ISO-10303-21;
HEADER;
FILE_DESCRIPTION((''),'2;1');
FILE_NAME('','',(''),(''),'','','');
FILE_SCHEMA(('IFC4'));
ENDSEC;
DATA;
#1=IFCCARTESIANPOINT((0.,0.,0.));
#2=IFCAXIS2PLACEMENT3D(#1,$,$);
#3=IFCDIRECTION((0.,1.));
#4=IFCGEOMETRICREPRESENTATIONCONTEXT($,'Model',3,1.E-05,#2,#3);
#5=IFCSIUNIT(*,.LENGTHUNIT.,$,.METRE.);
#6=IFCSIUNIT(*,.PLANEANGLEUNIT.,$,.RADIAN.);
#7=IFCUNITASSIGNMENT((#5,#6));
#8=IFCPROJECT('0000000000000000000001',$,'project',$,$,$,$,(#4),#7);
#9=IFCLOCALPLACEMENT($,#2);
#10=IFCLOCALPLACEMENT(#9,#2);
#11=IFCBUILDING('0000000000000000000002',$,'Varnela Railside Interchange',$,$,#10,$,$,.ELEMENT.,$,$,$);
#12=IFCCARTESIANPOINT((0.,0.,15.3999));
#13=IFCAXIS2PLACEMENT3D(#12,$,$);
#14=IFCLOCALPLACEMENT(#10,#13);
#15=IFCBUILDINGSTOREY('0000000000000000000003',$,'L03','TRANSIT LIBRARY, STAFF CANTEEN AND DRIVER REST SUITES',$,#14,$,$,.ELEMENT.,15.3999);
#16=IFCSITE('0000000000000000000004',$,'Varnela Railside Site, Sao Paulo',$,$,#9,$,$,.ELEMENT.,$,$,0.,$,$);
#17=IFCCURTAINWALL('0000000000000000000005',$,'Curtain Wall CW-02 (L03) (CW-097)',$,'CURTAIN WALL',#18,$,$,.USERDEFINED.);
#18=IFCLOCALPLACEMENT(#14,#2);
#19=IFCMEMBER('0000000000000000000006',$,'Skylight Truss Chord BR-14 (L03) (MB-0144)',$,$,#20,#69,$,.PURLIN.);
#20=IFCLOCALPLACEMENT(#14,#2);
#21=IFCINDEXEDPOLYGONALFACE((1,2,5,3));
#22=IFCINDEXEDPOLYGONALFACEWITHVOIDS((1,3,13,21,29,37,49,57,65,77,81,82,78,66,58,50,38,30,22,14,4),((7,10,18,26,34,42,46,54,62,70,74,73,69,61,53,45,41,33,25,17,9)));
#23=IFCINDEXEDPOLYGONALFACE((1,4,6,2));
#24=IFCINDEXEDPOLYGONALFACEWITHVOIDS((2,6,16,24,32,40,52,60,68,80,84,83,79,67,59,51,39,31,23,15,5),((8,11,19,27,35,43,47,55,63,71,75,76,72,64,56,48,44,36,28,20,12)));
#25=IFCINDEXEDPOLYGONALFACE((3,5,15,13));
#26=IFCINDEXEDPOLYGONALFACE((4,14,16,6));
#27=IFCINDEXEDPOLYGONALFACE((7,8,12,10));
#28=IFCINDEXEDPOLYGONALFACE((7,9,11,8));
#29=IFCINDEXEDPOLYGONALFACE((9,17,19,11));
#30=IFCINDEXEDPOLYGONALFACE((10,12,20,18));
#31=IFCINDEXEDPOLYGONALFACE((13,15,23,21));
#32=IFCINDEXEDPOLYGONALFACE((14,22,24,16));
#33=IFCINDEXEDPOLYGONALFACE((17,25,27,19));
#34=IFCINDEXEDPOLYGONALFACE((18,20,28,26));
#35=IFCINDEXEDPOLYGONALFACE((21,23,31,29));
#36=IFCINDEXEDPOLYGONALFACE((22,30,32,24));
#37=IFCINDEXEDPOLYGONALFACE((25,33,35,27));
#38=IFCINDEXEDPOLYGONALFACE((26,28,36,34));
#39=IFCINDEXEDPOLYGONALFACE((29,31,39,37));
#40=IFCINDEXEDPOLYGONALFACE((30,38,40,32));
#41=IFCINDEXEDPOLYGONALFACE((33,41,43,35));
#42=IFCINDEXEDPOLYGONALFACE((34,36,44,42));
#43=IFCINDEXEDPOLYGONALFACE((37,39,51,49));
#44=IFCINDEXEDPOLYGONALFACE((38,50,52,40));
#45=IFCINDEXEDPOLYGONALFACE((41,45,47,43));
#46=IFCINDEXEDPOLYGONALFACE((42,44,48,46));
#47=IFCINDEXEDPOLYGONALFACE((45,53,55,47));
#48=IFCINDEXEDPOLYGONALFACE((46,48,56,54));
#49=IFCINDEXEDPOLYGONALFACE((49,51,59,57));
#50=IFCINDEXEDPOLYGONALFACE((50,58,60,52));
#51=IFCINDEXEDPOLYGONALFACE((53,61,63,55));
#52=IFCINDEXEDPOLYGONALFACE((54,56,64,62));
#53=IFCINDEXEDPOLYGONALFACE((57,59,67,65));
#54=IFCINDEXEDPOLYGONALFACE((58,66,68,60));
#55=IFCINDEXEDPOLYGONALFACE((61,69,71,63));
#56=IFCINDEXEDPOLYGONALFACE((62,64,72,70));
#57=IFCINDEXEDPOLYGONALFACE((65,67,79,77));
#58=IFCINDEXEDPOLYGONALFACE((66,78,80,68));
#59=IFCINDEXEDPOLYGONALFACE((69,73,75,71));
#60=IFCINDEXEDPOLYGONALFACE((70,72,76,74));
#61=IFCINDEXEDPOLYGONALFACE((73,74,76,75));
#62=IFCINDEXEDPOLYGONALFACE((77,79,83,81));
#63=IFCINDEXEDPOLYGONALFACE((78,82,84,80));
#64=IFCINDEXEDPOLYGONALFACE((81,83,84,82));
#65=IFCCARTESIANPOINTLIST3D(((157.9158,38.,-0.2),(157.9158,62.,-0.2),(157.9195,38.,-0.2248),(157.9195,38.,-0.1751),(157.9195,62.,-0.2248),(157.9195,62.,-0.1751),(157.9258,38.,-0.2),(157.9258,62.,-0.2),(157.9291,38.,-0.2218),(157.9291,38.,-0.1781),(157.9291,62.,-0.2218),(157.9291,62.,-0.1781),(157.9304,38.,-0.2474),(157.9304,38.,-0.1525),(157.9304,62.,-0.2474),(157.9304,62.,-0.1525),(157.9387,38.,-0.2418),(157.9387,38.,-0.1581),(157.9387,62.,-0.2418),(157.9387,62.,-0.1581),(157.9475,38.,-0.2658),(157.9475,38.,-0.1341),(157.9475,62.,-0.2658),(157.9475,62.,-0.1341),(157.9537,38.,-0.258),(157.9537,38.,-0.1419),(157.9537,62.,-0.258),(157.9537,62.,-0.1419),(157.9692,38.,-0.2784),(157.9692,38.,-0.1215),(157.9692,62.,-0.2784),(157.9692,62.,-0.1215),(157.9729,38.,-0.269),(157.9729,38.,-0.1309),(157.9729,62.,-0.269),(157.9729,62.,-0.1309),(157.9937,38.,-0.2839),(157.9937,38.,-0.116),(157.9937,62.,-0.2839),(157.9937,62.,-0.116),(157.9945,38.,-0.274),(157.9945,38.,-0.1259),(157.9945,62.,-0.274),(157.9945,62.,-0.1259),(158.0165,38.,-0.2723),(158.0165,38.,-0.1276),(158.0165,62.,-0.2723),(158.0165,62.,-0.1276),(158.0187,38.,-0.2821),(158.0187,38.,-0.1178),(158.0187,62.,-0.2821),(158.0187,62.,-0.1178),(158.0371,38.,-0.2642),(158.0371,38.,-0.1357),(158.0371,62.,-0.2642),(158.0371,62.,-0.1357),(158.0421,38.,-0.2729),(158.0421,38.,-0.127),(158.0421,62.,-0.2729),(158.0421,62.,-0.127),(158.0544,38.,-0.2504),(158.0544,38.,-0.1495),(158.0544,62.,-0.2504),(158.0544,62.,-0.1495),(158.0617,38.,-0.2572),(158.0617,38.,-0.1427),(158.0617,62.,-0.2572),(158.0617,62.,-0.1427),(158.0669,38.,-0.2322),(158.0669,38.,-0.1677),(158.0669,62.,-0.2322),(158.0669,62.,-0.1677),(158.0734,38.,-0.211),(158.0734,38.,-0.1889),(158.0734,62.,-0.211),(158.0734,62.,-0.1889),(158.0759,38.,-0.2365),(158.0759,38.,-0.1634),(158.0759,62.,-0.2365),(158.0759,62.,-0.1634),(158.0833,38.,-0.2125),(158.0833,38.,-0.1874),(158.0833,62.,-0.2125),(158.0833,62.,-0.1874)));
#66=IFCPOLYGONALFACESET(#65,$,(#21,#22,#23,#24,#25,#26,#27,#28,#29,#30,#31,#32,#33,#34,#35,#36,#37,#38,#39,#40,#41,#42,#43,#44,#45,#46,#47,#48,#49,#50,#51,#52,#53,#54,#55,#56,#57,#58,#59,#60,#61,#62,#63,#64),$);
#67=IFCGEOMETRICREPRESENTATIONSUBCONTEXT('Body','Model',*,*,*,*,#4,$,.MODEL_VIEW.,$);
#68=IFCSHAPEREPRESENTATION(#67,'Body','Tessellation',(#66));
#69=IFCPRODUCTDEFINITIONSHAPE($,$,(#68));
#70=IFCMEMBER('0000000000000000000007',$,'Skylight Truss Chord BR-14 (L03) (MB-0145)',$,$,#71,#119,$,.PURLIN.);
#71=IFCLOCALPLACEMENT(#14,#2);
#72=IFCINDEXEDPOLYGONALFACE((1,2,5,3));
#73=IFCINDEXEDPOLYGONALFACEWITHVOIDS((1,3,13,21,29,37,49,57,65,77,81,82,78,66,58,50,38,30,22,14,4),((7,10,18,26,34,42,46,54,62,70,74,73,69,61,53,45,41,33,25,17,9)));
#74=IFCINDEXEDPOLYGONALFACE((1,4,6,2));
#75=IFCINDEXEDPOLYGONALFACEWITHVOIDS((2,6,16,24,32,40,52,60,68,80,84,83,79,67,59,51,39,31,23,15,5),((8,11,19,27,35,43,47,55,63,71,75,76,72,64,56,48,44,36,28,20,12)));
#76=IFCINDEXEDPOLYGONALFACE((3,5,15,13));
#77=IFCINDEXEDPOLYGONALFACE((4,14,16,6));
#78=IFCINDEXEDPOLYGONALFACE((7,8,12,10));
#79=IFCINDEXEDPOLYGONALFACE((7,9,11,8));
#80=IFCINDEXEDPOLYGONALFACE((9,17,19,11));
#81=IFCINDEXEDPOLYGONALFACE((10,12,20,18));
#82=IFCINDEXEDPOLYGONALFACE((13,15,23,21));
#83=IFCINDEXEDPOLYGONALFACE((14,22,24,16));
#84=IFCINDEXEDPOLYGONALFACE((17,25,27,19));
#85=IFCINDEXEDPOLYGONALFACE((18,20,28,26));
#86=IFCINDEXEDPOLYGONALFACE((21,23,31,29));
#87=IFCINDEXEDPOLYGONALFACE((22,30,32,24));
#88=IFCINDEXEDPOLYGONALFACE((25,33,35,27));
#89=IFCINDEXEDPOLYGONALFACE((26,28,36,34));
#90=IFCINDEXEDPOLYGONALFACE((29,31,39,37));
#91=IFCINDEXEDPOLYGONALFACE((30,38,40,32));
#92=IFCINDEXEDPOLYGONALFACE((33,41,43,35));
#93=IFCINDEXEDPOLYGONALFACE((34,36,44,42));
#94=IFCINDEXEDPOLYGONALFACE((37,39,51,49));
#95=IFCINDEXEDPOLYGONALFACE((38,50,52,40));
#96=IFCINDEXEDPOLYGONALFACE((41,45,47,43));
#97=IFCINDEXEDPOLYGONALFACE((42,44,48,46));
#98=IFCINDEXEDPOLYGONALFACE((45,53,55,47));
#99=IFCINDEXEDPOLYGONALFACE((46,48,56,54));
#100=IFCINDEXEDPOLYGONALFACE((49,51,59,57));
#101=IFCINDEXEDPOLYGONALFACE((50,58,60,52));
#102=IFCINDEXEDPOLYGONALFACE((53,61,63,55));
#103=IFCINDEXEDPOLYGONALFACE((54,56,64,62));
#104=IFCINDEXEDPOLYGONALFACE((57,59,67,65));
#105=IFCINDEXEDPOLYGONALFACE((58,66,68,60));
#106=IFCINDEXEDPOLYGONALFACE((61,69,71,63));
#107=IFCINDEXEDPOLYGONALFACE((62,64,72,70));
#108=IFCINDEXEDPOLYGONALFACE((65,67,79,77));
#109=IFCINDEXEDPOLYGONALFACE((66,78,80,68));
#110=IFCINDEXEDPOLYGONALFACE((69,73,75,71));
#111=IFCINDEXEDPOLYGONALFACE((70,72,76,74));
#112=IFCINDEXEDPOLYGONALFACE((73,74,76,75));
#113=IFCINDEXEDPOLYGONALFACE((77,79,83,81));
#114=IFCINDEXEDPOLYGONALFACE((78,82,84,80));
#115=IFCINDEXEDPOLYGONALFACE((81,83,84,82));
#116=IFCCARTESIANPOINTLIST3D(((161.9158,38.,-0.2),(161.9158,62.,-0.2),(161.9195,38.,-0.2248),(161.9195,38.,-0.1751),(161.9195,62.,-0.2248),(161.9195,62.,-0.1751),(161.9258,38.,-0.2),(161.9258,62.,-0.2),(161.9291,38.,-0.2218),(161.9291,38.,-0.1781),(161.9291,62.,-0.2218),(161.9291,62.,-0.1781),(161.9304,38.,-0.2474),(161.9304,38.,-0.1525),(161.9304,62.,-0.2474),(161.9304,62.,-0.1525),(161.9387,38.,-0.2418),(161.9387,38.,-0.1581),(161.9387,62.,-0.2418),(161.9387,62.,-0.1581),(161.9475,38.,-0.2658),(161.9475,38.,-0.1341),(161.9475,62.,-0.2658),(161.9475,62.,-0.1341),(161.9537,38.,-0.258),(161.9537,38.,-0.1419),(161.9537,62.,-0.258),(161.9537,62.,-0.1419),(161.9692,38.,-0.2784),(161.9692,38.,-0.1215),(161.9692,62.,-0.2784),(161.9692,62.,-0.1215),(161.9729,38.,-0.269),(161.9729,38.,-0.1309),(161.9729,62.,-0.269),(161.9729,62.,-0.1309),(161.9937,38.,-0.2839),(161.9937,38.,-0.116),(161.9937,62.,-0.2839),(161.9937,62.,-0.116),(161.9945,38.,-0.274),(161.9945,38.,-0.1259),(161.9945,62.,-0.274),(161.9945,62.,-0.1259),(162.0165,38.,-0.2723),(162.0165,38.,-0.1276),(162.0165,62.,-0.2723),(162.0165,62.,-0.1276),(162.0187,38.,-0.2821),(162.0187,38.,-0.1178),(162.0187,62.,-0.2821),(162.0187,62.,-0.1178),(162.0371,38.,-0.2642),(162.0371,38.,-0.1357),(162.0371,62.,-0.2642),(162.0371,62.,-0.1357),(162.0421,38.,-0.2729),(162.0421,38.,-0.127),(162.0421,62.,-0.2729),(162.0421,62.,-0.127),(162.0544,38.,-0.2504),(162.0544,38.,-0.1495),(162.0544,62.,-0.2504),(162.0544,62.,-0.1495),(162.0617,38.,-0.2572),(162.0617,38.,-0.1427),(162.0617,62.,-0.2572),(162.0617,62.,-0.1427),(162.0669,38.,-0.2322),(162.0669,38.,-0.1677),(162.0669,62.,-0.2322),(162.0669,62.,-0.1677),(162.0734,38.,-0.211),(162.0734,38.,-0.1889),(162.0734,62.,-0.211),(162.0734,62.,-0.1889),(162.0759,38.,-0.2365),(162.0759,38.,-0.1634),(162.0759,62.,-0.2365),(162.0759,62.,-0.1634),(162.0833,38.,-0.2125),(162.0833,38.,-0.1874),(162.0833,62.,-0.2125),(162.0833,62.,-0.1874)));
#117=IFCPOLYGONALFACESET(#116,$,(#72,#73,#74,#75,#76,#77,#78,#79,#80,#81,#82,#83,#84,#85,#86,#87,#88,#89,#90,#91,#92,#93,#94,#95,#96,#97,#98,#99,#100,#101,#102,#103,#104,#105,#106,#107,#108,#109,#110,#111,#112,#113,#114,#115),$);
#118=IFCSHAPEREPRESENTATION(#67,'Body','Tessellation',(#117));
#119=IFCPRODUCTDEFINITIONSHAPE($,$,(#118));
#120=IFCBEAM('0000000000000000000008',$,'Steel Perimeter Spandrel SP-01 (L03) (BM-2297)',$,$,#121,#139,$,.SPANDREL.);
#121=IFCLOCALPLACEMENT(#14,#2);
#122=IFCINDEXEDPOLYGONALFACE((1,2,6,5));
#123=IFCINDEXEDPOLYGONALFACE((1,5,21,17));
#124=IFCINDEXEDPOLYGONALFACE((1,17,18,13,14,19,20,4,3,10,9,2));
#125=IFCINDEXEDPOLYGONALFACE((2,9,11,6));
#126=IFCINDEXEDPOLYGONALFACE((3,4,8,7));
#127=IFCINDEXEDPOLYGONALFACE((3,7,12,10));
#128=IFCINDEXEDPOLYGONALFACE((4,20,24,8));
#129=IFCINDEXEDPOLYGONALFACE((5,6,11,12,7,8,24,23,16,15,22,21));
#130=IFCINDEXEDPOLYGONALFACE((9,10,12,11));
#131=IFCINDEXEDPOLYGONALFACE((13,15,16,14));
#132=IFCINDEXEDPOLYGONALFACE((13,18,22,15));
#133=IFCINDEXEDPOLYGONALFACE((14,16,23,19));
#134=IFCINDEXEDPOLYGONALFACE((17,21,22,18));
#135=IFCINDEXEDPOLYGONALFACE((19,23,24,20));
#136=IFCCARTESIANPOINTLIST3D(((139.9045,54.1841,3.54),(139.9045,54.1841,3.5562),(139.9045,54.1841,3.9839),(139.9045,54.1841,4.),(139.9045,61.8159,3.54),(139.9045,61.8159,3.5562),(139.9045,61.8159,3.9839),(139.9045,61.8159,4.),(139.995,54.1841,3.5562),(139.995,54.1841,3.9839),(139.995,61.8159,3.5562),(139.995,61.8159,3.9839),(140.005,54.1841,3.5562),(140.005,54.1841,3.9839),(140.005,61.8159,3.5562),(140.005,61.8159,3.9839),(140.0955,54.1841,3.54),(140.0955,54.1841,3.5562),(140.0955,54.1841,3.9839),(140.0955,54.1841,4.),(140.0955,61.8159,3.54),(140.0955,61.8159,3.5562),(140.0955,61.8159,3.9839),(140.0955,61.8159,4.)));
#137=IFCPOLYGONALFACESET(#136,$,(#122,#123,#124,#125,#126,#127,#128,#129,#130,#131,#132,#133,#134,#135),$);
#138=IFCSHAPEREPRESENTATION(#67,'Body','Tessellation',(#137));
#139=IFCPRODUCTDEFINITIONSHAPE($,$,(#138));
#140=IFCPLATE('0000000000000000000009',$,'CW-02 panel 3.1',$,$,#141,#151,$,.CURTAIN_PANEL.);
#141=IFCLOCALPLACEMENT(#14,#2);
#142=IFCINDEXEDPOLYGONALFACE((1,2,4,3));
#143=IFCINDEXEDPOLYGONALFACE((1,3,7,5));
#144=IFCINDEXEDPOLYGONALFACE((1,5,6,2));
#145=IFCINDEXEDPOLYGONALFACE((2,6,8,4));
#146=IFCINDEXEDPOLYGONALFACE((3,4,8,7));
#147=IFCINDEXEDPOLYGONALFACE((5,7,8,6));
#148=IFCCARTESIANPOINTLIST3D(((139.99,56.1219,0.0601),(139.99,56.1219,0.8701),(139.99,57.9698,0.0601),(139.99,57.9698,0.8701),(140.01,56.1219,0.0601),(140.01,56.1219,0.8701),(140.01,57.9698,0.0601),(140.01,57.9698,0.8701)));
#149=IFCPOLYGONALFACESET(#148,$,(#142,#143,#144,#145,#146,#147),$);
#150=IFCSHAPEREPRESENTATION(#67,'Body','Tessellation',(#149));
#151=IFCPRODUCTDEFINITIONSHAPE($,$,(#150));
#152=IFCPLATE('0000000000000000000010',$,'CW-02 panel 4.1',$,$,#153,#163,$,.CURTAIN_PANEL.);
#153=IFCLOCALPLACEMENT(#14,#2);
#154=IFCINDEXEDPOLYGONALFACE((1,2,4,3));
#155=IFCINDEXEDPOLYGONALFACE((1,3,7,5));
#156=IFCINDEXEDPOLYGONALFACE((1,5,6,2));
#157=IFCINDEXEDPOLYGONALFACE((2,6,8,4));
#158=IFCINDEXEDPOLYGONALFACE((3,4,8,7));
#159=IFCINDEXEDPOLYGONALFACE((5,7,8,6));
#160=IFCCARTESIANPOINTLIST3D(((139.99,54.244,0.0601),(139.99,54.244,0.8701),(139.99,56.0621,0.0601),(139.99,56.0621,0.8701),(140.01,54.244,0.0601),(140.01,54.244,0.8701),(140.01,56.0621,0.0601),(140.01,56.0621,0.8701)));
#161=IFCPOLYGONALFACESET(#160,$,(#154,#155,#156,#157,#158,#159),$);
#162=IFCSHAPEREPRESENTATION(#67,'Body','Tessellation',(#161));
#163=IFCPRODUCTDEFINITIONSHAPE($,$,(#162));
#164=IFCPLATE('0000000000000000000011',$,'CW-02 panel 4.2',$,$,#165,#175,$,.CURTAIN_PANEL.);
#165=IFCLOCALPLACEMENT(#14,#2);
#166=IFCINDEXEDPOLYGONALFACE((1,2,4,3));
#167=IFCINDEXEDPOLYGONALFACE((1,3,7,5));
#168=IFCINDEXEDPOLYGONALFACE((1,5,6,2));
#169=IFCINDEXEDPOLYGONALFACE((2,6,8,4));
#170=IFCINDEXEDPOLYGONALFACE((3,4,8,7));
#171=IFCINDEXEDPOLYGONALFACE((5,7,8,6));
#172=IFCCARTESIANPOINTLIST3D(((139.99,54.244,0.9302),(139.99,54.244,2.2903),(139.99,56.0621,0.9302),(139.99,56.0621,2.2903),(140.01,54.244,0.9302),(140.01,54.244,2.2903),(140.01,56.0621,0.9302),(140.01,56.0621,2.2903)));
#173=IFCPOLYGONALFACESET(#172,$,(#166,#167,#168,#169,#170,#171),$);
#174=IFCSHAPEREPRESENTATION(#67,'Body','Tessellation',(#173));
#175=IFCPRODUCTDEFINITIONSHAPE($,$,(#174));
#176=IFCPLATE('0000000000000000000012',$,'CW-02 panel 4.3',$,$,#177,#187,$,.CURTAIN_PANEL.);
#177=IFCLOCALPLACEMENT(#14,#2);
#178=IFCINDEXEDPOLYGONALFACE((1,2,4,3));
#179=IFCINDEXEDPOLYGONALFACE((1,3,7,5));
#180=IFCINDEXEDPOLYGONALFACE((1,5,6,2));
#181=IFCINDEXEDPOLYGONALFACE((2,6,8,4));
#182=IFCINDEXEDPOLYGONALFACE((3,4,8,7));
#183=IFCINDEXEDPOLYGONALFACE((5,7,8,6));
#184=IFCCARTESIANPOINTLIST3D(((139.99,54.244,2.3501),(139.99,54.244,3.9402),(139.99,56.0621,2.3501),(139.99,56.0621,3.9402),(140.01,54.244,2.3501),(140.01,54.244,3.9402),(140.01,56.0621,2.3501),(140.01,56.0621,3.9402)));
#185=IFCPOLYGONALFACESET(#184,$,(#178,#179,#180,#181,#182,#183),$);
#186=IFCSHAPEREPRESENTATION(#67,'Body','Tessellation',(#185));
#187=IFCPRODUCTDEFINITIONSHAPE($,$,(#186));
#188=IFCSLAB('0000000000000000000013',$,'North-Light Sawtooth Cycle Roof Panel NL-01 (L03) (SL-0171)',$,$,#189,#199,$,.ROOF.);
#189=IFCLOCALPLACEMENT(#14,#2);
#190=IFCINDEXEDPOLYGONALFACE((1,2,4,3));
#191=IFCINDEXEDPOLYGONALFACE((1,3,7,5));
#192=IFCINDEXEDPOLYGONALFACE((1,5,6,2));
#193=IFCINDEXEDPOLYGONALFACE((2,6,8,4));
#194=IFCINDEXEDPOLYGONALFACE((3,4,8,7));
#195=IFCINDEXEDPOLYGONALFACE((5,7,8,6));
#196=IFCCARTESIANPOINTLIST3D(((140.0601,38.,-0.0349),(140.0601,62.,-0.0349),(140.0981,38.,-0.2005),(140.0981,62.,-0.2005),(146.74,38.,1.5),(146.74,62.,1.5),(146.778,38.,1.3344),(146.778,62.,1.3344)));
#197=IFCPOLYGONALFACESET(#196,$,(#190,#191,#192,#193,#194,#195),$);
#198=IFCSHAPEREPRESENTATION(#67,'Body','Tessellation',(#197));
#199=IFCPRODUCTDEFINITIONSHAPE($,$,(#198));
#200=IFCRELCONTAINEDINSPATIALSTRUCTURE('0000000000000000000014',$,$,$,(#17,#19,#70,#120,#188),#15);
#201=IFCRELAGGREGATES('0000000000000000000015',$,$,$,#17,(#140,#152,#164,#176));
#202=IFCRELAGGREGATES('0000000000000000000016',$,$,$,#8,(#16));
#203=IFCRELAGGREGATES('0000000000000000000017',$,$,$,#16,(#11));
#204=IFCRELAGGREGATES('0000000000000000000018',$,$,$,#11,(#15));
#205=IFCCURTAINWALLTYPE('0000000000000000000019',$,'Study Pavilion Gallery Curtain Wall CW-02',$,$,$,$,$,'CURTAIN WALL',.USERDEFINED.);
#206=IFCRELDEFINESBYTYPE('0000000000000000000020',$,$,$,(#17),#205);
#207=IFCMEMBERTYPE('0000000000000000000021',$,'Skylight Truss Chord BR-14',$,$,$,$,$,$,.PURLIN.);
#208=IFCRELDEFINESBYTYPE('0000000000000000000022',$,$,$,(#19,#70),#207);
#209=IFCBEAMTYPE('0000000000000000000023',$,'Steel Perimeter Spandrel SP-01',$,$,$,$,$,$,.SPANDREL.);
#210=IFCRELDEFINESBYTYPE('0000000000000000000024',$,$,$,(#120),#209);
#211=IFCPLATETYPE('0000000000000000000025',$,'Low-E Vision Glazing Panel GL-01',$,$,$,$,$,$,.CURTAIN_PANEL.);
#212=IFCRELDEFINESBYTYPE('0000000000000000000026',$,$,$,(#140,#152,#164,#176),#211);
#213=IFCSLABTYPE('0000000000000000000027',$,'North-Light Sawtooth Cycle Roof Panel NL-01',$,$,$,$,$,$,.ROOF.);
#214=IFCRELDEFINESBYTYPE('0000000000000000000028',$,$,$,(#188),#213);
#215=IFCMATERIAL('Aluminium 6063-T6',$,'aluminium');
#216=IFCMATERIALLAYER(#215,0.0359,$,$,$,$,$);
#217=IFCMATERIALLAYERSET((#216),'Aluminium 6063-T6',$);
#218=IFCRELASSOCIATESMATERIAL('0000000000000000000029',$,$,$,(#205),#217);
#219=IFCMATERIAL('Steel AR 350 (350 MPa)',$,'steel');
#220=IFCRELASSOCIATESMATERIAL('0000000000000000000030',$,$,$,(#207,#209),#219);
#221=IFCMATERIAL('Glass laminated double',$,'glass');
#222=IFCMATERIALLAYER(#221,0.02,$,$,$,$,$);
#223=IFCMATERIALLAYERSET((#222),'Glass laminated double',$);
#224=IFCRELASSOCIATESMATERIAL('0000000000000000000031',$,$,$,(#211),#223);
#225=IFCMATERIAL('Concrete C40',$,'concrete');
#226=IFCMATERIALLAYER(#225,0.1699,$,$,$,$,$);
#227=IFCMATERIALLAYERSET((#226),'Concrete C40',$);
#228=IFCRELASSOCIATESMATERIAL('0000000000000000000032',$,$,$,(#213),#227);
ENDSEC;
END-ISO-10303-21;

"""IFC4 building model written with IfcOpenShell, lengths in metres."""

from ifc_helpers import new_model, si_unit, direction, frame, origin, origin_2d, place, context, subcontext, project, spatial, polyline, rectangle, hollow_circle, i_section, outline, extrude, material, layer, layer_set, material_profile, profile_set, type_object, element, aggregate, save


model = new_model("IFC4")

# Units and contexts
model_context = context("Model", 3, precision=1e-05, world=origin(), true_north=direction((0.0, 1.0)))
body_context = subcontext(model_context, "Body", "Model", "MODEL_VIEW")
ifc_project = project(units=[si_unit("LENGTHUNIT", "METRE"), si_unit("PLANEANGLEUNIT", "RADIAN")], contexts=[model_context])

# Site, building, storey
site_placement = place(None, origin())
site = spatial("IfcSite", under=ifc_project, at=site_placement, Name="Varnela Railside Site, Sao Paulo", CompositionType="ELEMENT", RefElevation=0.0)
building_placement = place(site_placement, origin())
building = spatial("IfcBuilding", under=site, at=building_placement, Name="Varnela Railside Interchange", CompositionType="ELEMENT")
storey_placement = place(building_placement, frame((0.0, 0.0, 15.3999)))
storey = spatial("IfcBuildingStorey", under=building, at=storey_placement, Name="L03", Description="TRANSIT LIBRARY, STAFF CANTEEN AND DRIVER REST SUITES", CompositionType="ELEMENT", Elevation=15.3999)

# Shared definitions
ifc_material_1 = material(Name="Steel AR 350 (350 MPa)", Category="steel")

# Curtain wall
ifc_material_2 = material(Name="Aluminium 6063-T6", Category="aluminium")
ifc_layer_1 = layer(ifc_material_2, 0.0359)
ifc_layer_set_1 = layer_set([ifc_layer_1], Name="Aluminium 6063-T6")
curtain_wall_type = type_object("IfcCurtainWallType", Name="Study Pavilion Gallery Curtain Wall CW-02", ElementType="CURTAIN WALL", PredefinedType="USERDEFINED", material=ifc_layer_set_1)
curtain_wall_placement = place(storey_placement, origin())
curtain_wall = element("IfcCurtainWall", 1, at=curtain_wall_placement, inside=storey, type_object=curtain_wall_type, Name="Curtain Wall CW-02 (L03) (CW-097)", ObjectType="CURTAIN WALL", PredefinedType="USERDEFINED")

# Members
ifc_material_profile_1 = material_profile(ifc_material_1, hollow_circle(Radius=0.0842, WallThickness=0.01, at=origin_2d()), Name="CHS 168.3x10")
ifc_profile_set_1 = profile_set([ifc_material_profile_1], Name="Steel AR 350 (350 MPa)")
member_type_1 = type_object("IfcMemberType", Name="Skylight Truss Chord BR-14", PredefinedType="PURLIN", material=ifc_profile_set_1)
for number, where, z_axis, x_axis, name in (
    (2, (158.0, 38.0, -0.2), (0.0, 1.0, 0.0), (-1.0, 0.0, 0.0), "Skylight Truss Chord BR-14 (L03) (MB-0144)"),
    (3, (162.0, 38.0, -0.2), (0.0, 1.0, 0.0), (-1.0, 0.0, 0.0), "Skylight Truss Chord BR-14 (L03) (MB-0145)"),
):
    element("IfcMember", number, at=place(storey_placement, frame(where, z_axis=z_axis, x_axis=x_axis)), inside=storey, type_object=member_type_1, Name=name, PredefinedType="PURLIN", context=body_context, shape_type="SweptSolid", body=[
        extrude(hollow_circle(Radius=0.0842, WallThickness=0.01, at=origin_2d()), origin(), (0.0, 0.0, 1.0), 24.0),
    ])

# Beam
ifc_material_profile_2 = material_profile(ifc_material_1, i_section(OverallWidth=0.1909, OverallDepth=0.46, WebThickness=0.01, FlangeThickness=0.0161, at=origin_2d()), Name="W460x82")
ifc_profile_set_2 = profile_set([ifc_material_profile_2], Name="Steel AR 350 (350 MPa)")
beam_type = type_object("IfcBeamType", Name="Steel Perimeter Spandrel SP-01", PredefinedType="SPANDREL", material=ifc_profile_set_2)
beam_placement = place(storey_placement, frame((140.0, 54.1841, 3.77), z_axis=(0.0, 1.0, 0.0), x_axis=(-1.0, 0.0, 0.0)))
element("IfcBeam", 4, at=beam_placement, inside=storey, type_object=beam_type, Name="Steel Perimeter Spandrel SP-01 (L03) (BM-2297)", PredefinedType="SPANDREL", context=body_context, shape_type="SweptSolid", body=[
    extrude(i_section(OverallWidth=0.1909, OverallDepth=0.46, WebThickness=0.01, FlangeThickness=0.0161, at=origin_2d()), origin(), (0.0, 0.0, 1.0), 7.6318),
])

# Plates
ifc_material_3 = material(Name="Glass laminated double", Category="glass")
ifc_layer_2 = layer(ifc_material_3, 0.02)
ifc_layer_set_2 = layer_set([ifc_layer_2], Name="Glass laminated double")
plate_type = type_object("IfcPlateType", Name="Low-E Vision Glazing Panel GL-01", PredefinedType="CURTAIN_PANEL", material=ifc_layer_set_2)
plate_1_placement = place(storey_placement, frame((140.0, 57.0459, 0.0601), z_axis=(0.0, 0.0, 1.0), x_axis=(0.0, -1.0, 0.0)))
plate_1 = element("IfcPlate", 5, at=plate_1_placement, type_object=plate_type, Name="CW-02 panel 3.1", PredefinedType="CURTAIN_PANEL", context=body_context, shape_type="SweptSolid", body=[
    extrude(rectangle(XDim=1.8479, YDim=0.02, at=origin_2d()), origin(), (0.0, 0.0, 1.0), 0.8101),
])
plate_2_placement = place(storey_placement, frame((140.0, 55.1531, 0.0601), z_axis=(0.0, 0.0, 1.0), x_axis=(0.0, -1.0, 0.0)))
plate_2 = element("IfcPlate", 6, at=plate_2_placement, type_object=plate_type, Name="CW-02 panel 4.1", PredefinedType="CURTAIN_PANEL", context=body_context, shape_type="SweptSolid", body=[
    extrude(rectangle(XDim=1.8181, YDim=0.02, at=origin_2d()), origin(), (0.0, 0.0, 1.0), 0.8101),
])
plate_3_placement = place(storey_placement, frame((140.0, 55.1531, 0.9302), z_axis=(0.0, 0.0, 1.0), x_axis=(0.0, -1.0, 0.0)))
plate_3 = element("IfcPlate", 7, at=plate_3_placement, type_object=plate_type, Name="CW-02 panel 4.2", PredefinedType="CURTAIN_PANEL", context=body_context, shape_type="SweptSolid", body=[
    extrude(rectangle(XDim=1.8181, YDim=0.02, at=origin_2d()), origin(), (0.0, 0.0, 1.0), 1.3601),
])
plate_4_placement = place(storey_placement, frame((140.0, 55.1531, 2.3501), z_axis=(0.0, 0.0, 1.0), x_axis=(0.0, -1.0, 0.0)))
plate_4 = element("IfcPlate", 8, at=plate_4_placement, type_object=plate_type, Name="CW-02 panel 4.3", PredefinedType="CURTAIN_PANEL", context=body_context, shape_type="SweptSolid", body=[
    extrude(rectangle(XDim=1.8181, YDim=0.02, at=origin_2d()), origin(), (0.0, 0.0, 1.0), 1.5901),
])
aggregate(curtain_wall, [plate_1, plate_2, plate_3, plate_4])

# Slab
ifc_material_4 = material(Name="Concrete C40", Category="concrete")
ifc_layer_3 = layer(ifc_material_4, 0.1699)
ifc_layer_set_3 = layer_set([ifc_layer_3], Name="Concrete C40")
slab_type = type_object("IfcSlabType", Name="North-Light Sawtooth Cycle Roof Panel NL-01", PredefinedType="ROOF", material=ifc_layer_set_3)
for number, where, z_axis, x_axis, name in (
    (9, (140.0601, 38.0, -0.0349), (-0.223944, 0.0, 0.974602), (0.974602, 0.0, 0.223944), "North-Light Sawtooth Cycle Roof Panel NL-01 (L03) (SL-0171)"),
):
    element("IfcSlab", number, at=place(storey_placement, frame(where, z_axis=z_axis, x_axis=x_axis)), inside=storey, type_object=slab_type, Name=name, PredefinedType="ROOF", context=body_context, shape_type="SweptSolid", body=[
        extrude(outline(polyline([(0.0, 0.0), (6.854, 0.0), (6.854, 24.0), (0.0, 24.0), (0.0, 0.0)])), origin(), (0.0, 0.0, -1.0), 0.1699),
    ])

save(model, "model.ifc")
